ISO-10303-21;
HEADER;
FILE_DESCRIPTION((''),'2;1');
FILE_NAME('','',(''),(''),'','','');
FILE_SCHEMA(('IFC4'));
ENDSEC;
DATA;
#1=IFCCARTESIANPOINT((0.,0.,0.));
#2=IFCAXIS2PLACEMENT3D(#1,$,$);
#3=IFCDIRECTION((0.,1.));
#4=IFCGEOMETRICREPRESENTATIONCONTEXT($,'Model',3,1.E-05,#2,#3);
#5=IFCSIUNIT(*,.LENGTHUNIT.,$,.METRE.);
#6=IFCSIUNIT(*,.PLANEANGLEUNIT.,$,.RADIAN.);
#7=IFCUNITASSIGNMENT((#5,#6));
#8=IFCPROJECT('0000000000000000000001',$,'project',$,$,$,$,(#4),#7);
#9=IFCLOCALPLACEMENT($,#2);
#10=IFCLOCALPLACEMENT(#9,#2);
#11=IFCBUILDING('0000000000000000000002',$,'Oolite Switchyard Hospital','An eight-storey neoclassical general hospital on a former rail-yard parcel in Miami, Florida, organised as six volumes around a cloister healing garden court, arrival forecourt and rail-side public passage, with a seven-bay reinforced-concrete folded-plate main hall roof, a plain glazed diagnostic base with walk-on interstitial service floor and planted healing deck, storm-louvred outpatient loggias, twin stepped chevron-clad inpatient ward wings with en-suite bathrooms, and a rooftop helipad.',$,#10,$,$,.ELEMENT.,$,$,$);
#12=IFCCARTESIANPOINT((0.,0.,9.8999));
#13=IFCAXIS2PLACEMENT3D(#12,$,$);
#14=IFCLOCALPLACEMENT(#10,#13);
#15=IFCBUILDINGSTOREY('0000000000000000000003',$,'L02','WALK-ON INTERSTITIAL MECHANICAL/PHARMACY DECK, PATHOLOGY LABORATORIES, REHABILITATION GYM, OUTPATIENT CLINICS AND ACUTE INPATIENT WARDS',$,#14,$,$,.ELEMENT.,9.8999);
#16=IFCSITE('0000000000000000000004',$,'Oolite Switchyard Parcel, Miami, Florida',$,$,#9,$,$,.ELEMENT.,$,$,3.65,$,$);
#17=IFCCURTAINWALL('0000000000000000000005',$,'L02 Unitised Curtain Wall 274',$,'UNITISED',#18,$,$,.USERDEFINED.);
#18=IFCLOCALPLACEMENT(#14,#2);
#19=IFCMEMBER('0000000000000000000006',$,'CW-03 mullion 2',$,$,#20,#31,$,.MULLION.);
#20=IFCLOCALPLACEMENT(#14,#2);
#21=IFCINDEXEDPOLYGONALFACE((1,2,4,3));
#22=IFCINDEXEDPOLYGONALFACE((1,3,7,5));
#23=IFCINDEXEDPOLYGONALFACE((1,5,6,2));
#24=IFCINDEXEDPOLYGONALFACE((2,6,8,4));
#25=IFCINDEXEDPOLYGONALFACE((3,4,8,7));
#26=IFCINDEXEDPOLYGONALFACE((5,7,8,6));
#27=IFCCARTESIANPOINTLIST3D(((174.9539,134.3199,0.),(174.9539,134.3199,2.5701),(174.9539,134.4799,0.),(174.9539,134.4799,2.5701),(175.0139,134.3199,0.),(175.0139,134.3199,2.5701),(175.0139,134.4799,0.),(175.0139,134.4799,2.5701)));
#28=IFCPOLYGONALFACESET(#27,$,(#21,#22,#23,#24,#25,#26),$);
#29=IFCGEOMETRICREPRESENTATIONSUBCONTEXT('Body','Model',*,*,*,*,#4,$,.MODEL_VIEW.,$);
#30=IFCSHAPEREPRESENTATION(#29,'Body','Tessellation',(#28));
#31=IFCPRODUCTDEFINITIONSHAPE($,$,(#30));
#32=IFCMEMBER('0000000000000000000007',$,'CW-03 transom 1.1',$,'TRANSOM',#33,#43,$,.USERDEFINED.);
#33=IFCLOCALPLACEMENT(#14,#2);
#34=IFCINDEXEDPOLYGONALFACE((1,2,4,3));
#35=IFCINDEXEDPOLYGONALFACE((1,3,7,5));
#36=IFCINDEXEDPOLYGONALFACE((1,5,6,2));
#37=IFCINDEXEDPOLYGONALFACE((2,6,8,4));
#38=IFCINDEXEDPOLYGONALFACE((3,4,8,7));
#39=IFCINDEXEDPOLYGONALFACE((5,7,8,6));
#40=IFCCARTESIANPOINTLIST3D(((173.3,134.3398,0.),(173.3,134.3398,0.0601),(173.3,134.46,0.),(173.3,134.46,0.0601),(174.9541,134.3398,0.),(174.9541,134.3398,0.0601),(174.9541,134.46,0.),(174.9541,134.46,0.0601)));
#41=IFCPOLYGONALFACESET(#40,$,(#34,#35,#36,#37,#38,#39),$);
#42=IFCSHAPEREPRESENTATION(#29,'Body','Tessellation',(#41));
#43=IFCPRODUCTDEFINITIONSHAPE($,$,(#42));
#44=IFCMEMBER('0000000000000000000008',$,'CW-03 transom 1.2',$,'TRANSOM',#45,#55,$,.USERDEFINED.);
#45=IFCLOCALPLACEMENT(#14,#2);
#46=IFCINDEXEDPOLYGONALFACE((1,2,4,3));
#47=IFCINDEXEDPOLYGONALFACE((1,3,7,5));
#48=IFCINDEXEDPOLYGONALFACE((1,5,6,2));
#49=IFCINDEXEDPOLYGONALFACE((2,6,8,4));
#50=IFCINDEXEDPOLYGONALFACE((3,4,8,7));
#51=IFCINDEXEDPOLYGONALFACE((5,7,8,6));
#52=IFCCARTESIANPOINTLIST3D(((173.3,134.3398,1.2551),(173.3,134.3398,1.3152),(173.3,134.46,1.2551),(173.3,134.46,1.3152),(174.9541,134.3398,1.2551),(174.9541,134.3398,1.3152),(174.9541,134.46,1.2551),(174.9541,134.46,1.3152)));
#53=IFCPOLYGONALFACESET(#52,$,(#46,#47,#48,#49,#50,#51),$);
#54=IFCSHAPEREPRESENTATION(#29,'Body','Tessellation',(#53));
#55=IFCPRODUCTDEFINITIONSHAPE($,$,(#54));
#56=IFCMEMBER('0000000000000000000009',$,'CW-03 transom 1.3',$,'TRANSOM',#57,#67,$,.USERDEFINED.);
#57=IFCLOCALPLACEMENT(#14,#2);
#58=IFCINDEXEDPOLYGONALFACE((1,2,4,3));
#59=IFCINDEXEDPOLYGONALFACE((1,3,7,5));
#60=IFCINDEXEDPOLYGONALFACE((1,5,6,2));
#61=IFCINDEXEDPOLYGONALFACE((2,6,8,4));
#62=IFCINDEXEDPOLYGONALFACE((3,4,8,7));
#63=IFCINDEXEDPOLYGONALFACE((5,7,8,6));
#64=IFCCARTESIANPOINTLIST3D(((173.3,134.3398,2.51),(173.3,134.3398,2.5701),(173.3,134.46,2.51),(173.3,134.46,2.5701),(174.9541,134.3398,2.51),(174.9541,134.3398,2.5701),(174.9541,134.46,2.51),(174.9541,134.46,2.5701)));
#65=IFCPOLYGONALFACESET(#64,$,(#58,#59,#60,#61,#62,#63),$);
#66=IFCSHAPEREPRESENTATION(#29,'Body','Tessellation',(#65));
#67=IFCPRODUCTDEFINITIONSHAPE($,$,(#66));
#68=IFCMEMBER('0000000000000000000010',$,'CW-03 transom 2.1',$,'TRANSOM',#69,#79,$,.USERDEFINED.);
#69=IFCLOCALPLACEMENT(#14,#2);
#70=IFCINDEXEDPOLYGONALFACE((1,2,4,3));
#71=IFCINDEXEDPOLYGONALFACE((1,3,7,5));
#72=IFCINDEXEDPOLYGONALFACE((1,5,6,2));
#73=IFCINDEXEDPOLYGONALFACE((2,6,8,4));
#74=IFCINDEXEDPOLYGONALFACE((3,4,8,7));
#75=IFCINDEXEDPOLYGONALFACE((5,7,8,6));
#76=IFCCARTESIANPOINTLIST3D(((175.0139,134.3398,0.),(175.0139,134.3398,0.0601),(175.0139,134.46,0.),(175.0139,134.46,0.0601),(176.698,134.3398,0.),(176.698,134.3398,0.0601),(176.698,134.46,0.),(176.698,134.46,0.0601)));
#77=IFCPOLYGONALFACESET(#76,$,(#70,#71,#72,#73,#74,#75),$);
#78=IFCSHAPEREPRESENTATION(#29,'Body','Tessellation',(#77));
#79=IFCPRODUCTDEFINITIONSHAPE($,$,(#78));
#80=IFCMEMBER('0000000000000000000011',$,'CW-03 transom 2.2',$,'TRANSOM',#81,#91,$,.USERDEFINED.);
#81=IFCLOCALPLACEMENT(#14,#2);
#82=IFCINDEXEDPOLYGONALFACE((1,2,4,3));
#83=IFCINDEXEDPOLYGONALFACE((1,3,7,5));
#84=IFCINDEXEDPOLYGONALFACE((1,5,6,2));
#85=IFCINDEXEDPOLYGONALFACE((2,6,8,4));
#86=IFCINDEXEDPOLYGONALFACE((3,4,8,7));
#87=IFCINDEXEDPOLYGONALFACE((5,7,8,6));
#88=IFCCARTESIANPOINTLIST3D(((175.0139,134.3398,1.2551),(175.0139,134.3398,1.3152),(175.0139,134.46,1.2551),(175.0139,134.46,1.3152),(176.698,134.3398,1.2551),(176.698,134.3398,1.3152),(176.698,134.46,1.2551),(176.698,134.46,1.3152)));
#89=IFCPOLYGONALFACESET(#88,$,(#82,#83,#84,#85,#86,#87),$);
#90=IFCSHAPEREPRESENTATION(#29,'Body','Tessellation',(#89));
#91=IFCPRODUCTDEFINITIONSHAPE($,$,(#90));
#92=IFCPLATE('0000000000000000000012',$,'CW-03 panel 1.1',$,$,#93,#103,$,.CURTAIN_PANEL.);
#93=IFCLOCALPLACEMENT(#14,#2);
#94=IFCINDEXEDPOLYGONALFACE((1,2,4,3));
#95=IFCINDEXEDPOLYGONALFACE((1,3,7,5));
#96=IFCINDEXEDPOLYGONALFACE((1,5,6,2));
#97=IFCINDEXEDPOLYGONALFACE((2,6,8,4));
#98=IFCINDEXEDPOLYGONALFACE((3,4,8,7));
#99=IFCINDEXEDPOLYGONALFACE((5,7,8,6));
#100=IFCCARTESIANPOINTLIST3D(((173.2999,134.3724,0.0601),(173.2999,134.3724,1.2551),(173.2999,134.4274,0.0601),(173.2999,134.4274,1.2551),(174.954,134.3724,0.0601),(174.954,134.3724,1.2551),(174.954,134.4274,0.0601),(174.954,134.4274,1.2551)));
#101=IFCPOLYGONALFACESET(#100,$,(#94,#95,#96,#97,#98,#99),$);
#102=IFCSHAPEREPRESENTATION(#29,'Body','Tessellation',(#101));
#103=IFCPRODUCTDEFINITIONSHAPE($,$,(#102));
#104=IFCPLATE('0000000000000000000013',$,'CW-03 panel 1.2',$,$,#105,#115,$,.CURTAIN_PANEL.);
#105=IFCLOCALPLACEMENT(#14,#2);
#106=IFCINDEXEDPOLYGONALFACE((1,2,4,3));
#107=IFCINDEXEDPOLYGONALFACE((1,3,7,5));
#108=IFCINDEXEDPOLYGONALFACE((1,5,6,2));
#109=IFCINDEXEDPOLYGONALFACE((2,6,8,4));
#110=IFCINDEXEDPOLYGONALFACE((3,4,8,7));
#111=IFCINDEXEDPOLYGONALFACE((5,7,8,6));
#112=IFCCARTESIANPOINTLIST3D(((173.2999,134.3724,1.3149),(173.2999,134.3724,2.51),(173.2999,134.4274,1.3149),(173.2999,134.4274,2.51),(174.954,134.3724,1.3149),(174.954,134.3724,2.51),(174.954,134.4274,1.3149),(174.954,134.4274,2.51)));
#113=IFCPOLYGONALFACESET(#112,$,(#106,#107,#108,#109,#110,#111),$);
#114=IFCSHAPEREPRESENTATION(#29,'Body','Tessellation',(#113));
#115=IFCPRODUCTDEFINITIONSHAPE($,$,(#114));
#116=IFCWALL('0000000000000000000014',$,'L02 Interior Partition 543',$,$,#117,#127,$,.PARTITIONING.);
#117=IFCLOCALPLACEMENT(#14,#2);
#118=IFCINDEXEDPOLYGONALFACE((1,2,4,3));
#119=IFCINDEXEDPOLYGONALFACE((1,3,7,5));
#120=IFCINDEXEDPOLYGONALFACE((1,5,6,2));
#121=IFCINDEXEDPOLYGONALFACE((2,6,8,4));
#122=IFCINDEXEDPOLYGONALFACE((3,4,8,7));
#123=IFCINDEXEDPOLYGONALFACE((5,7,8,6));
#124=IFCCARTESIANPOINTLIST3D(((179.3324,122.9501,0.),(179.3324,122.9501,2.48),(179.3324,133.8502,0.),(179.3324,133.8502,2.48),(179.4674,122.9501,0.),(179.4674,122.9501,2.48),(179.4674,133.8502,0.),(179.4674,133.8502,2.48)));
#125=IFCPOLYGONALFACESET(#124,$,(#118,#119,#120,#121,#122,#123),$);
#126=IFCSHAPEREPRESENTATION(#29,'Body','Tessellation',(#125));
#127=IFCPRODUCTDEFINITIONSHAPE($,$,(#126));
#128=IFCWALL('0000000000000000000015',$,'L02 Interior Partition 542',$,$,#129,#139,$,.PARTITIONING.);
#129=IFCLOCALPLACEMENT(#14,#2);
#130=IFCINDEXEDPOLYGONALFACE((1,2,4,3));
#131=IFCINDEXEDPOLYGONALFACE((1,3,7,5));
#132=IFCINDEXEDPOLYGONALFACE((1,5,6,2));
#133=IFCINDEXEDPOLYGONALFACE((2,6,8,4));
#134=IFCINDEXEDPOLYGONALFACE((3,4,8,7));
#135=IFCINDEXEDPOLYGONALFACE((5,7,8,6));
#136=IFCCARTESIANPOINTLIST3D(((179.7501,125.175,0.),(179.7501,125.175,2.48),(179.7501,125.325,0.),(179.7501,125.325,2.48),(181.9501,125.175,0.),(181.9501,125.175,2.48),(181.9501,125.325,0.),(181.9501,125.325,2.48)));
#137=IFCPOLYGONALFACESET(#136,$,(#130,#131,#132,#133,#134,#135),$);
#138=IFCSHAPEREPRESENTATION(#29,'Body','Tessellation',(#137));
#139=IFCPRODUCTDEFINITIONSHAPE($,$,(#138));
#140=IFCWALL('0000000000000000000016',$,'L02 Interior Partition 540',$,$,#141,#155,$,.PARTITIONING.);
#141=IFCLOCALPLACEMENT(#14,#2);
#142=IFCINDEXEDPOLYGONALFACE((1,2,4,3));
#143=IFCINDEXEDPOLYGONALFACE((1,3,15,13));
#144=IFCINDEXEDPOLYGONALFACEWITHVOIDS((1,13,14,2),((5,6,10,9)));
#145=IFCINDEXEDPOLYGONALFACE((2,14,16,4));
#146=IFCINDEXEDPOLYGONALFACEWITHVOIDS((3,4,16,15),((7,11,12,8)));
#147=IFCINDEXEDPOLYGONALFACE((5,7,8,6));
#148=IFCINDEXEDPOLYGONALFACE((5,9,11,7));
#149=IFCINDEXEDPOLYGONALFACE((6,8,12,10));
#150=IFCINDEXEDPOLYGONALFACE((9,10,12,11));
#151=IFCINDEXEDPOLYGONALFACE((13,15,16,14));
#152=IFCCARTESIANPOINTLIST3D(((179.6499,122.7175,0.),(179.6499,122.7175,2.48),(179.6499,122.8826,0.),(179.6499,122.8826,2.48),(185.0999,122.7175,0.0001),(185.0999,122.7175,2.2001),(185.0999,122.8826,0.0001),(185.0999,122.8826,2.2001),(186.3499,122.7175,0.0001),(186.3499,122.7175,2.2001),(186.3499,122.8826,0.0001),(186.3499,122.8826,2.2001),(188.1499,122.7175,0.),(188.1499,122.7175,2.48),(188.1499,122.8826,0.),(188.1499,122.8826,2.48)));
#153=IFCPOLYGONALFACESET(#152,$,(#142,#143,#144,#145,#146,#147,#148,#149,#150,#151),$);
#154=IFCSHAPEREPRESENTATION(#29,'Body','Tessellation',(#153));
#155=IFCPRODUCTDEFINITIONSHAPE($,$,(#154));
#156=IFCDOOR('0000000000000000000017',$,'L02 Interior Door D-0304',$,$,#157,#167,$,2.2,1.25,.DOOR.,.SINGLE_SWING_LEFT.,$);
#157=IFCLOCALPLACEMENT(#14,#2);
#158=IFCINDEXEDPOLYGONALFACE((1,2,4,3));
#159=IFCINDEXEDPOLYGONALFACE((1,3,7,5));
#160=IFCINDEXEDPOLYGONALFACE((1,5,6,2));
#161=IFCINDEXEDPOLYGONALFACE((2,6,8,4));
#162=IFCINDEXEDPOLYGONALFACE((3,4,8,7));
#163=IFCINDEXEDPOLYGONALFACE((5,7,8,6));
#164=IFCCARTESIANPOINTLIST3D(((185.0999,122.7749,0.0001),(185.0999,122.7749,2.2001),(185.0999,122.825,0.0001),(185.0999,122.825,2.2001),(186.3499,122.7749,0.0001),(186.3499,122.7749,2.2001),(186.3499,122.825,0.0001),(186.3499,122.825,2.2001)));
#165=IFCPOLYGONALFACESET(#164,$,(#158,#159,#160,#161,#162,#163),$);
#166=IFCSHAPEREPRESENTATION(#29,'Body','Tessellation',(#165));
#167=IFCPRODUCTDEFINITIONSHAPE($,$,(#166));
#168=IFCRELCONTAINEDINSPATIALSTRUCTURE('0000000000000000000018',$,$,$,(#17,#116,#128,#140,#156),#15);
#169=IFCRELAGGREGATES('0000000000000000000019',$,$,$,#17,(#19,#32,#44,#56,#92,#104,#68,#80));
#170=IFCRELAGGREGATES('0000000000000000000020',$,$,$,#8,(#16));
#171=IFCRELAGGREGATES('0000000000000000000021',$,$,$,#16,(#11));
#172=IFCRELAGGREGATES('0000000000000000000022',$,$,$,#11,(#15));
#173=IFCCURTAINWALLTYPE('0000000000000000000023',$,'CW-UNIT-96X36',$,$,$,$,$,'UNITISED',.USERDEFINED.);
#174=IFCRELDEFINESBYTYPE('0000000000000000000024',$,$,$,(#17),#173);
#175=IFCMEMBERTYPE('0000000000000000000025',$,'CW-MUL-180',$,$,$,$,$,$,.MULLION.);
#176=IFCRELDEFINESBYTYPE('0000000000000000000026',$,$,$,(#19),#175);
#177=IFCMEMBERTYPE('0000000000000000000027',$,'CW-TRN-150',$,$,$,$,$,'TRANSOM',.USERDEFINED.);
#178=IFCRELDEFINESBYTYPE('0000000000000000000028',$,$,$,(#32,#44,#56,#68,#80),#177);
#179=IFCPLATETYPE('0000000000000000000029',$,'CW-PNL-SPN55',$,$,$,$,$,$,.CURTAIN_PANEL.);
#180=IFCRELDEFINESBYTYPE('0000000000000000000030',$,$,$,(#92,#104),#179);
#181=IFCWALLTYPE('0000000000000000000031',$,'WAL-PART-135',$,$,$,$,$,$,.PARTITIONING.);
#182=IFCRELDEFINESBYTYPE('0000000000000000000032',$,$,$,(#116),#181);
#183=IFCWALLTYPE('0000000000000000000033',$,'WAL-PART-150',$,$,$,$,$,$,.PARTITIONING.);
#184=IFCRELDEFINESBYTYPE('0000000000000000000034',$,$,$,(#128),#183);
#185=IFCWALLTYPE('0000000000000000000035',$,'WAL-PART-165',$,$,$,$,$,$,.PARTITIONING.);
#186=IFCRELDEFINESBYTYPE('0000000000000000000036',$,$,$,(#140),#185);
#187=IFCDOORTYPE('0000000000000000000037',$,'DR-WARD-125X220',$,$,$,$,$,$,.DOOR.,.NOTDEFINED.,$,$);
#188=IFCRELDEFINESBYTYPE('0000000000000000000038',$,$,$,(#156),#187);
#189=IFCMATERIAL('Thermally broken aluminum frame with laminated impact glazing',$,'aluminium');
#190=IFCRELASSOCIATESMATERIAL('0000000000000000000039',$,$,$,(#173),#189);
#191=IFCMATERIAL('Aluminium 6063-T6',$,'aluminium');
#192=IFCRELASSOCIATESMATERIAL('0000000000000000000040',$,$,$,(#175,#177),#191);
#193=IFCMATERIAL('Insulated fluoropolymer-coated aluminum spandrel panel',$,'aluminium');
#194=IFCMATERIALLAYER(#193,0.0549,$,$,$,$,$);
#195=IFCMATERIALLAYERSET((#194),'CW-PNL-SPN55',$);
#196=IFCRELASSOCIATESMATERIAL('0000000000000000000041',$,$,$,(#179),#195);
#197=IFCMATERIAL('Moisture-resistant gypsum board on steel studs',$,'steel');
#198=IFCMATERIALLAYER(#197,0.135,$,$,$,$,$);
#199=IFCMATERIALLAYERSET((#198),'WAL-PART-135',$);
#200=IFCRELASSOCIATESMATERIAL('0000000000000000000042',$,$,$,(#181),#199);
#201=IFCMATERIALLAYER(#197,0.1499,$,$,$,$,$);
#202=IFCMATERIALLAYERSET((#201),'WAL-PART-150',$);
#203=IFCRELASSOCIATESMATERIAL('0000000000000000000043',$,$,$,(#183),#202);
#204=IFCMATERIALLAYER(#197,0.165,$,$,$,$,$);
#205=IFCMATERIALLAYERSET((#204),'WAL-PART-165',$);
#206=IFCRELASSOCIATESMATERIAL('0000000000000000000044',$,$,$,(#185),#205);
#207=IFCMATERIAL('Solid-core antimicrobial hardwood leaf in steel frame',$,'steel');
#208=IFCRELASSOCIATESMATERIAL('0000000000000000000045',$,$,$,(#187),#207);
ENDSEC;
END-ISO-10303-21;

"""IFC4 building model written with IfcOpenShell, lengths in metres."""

from ifc_helpers import new_model, si_unit, direction, frame, frame_2d, origin, origin_2d, place, context, subcontext, project, spatial, rectangle, extrude, material, layer, layer_set, material_profile, profile_set, type_object, element, fill, aggregate, save


model = new_model("IFC4")

# Units and contexts
model_context = context("Model", 3, precision=1e-05, world=origin(), true_north=direction((0.0, 1.0)))
body_context = subcontext(model_context, "Body", "Model", "MODEL_VIEW")
ifc_project = project(units=[si_unit("LENGTHUNIT", "METRE"), si_unit("PLANEANGLEUNIT", "RADIAN")], contexts=[model_context])

# Site, building, storey
site_placement = place(None, origin())
site = spatial("IfcSite", under=ifc_project, at=site_placement, Name="Oolite Switchyard Parcel, Miami, Florida", CompositionType="ELEMENT", RefElevation=3.65)
building_placement = place(site_placement, origin())
building = spatial("IfcBuilding", under=site, at=building_placement, Name="Oolite Switchyard Hospital", Description="An eight-storey neoclassical general hospital on a former rail-yard parcel in Miami, Florida, organised as six volumes around a cloister healing garden court, arrival forecourt and rail-side public passage, with a seven-bay reinforced-concrete folded-plate main hall roof, a plain glazed diagnostic base with walk-on interstitial service floor and planted healing deck, storm-louvred outpatient loggias, twin stepped chevron-clad inpatient ward wings with en-suite bathrooms, and a rooftop helipad.", CompositionType="ELEMENT")
storey_placement = place(building_placement, frame((0.0, 0.0, 9.8999)))
storey = spatial("IfcBuildingStorey", under=building, at=storey_placement, Name="L02", Description="WALK-ON INTERSTITIAL MECHANICAL/PHARMACY DECK, PATHOLOGY LABORATORIES, REHABILITATION GYM, OUTPATIENT CLINICS AND ACUTE INPATIENT WARDS", CompositionType="ELEMENT", Elevation=9.8999)

# Curtain wall, members, plates
ifc_material_1 = material(Name="Thermally broken aluminum frame with laminated impact glazing", Category="aluminium")
curtain_wall_type = type_object("IfcCurtainWallType", Name="CW-UNIT-96X36", ElementType="UNITISED", PredefinedType="USERDEFINED", material=ifc_material_1)
curtain_wall_placement = place(storey_placement, origin())
curtain_wall = element("IfcCurtainWall", 1, at=curtain_wall_placement, inside=storey, type_object=curtain_wall_type, Name="L02 Unitised Curtain Wall 274", ObjectType="UNITISED", PredefinedType="USERDEFINED")
ifc_material_2 = material(Name="Aluminium 6063-T6", Category="aluminium")
ifc_material_profile_1 = material_profile(ifc_material_2, rectangle(XDim=0.1599, YDim=0.0601, at=origin_2d()), Name="CWM60X160")
ifc_profile_set_1 = profile_set([ifc_material_profile_1], Name="Aluminium 6063-T6")
member_type_1 = type_object("IfcMemberType", Name="CW-MUL-180", PredefinedType="MULLION", material=ifc_profile_set_1)
member_1_placement = place(storey_placement, frame((174.9839, 134.3999, 0.0), z_axis=(0.0, 0.0, 1.0), x_axis=(0.0, 1.0, 0.0)))
member_1 = element("IfcMember", 2, at=member_1_placement, type_object=member_type_1, Name="CW-03 mullion 2", PredefinedType="MULLION", context=body_context, shape_type="SweptSolid", body=[
    extrude(rectangle(XDim=0.1599, YDim=0.0601, at=origin_2d()), origin(), (0.0, 0.0, 1.0), 2.5701),
])
ifc_material_profile_2 = material_profile(ifc_material_2, rectangle(XDim=0.1201, YDim=0.0601, at=origin_2d()), Name="CWT60X120")
ifc_profile_set_2 = profile_set([ifc_material_profile_2], Name="Aluminium 6063-T6")
member_type_2 = type_object("IfcMemberType", Name="CW-TRN-150", ElementType="TRANSOM", PredefinedType="USERDEFINED", material=ifc_profile_set_2)
member_2_placement = place(storey_placement, frame((173.3, 134.3999, 0.03), z_axis=(1.0, 0.0, 0.0), x_axis=(0.0, 1.0, 0.0)))
member_2 = element("IfcMember", 3, at=member_2_placement, type_object=member_type_2, Name="CW-03 transom 1.1", ObjectType="TRANSOM", PredefinedType="USERDEFINED", context=body_context, shape_type="SweptSolid", body=[
    extrude(rectangle(XDim=0.1201, YDim=0.0601, at=origin_2d()), origin(), (0.0, 0.0, 1.0), 1.6541),
])
member_3_placement = place(storey_placement, frame((173.3, 134.3999, 1.2852), z_axis=(1.0, 0.0, 0.0), x_axis=(0.0, 1.0, 0.0)))
member_3 = element("IfcMember", 4, at=member_3_placement, type_object=member_type_2, Name="CW-03 transom 1.2", ObjectType="TRANSOM", PredefinedType="USERDEFINED", context=body_context, shape_type="SweptSolid", body=[
    extrude(rectangle(XDim=0.1201, YDim=0.0601, at=origin_2d()), origin(), (0.0, 0.0, 1.0), 1.6541),
])
member_4_placement = place(storey_placement, frame((173.3, 134.3999, 2.54), z_axis=(1.0, 0.0, 0.0), x_axis=(0.0, 1.0, 0.0)))
member_4 = element("IfcMember", 5, at=member_4_placement, type_object=member_type_2, Name="CW-03 transom 1.3", ObjectType="TRANSOM", PredefinedType="USERDEFINED", context=body_context, shape_type="SweptSolid", body=[
    extrude(rectangle(XDim=0.1201, YDim=0.0601, at=origin_2d()), origin(), (0.0, 0.0, 1.0), 1.6541),
])
member_5_placement = place(storey_placement, frame((175.0139, 134.3999, 0.03), z_axis=(1.0, 0.0, 0.0), x_axis=(0.0, 1.0, 0.0)))
member_5 = element("IfcMember", 6, at=member_5_placement, type_object=member_type_2, Name="CW-03 transom 2.1", ObjectType="TRANSOM", PredefinedType="USERDEFINED", context=body_context, shape_type="SweptSolid", body=[
    extrude(rectangle(XDim=0.1201, YDim=0.0601, at=origin_2d()), origin(), (0.0, 0.0, 1.0), 1.6841),
])
member_6_placement = place(storey_placement, frame((175.0139, 134.3999, 1.2852), z_axis=(1.0, 0.0, 0.0), x_axis=(0.0, 1.0, 0.0)))
member_6 = element("IfcMember", 7, at=member_6_placement, type_object=member_type_2, Name="CW-03 transom 2.2", ObjectType="TRANSOM", PredefinedType="USERDEFINED", context=body_context, shape_type="SweptSolid", body=[
    extrude(rectangle(XDim=0.1201, YDim=0.0601, at=origin_2d()), origin(), (0.0, 0.0, 1.0), 1.6841),
])
ifc_material_3 = material(Name="Insulated fluoropolymer-coated aluminum spandrel panel", Category="aluminium")
ifc_layer_1 = layer(ifc_material_3, 0.0549)
ifc_layer_set_1 = layer_set([ifc_layer_1], Name="CW-PNL-SPN55")
plate_type = type_object("IfcPlateType", Name="CW-PNL-SPN55", PredefinedType="CURTAIN_PANEL", material=ifc_layer_set_1)
plate_1_placement = place(storey_placement, frame((174.127, 134.3999, 0.0601), z_axis=(0.0, 0.0, 1.0), x_axis=(1.0, 0.0, 0.0)))
plate_1 = element("IfcPlate", 8, at=plate_1_placement, type_object=plate_type, Name="CW-03 panel 1.1", PredefinedType="CURTAIN_PANEL", context=body_context, shape_type="SweptSolid", body=[
    extrude(rectangle(XDim=1.6541, YDim=0.0549, at=origin_2d()), origin(), (0.0, 0.0, 1.0), 1.1951),
])
plate_2_placement = place(storey_placement, frame((174.127, 134.3999, 1.3149), z_axis=(0.0, 0.0, 1.0), x_axis=(1.0, 0.0, 0.0)))
plate_2 = element("IfcPlate", 9, at=plate_2_placement, type_object=plate_type, Name="CW-03 panel 1.2", PredefinedType="CURTAIN_PANEL", context=body_context, shape_type="SweptSolid", body=[
    extrude(rectangle(XDim=1.6541, YDim=0.0549, at=origin_2d()), origin(), (0.0, 0.0, 1.0), 1.1951),
])
aggregate(curtain_wall, [member_1, member_2, member_3, member_4, plate_1, plate_2, member_5, member_6])

# Walls
ifc_material_4 = material(Name="Moisture-resistant gypsum board on steel studs", Category="steel")
ifc_layer_2 = layer(ifc_material_4, 0.135)
ifc_layer_set_2 = layer_set([ifc_layer_2], Name="WAL-PART-135")
wall_type_1 = type_object("IfcWallType", Name="WAL-PART-135", PredefinedType="PARTITIONING", material=ifc_layer_set_2)
wall_1_placement = place(storey_placement, frame((179.3999, 122.95, 0.0), z_axis=(0.0, 0.0, 1.0), x_axis=(0.0, 1.0, 0.0)))
element("IfcWall", 10, at=wall_1_placement, inside=storey, type_object=wall_type_1, Name="L02 Interior Partition 543", PredefinedType="PARTITIONING", context=body_context, shape_type="SweptSolid", body=[
    extrude(rectangle(XDim=10.9001, YDim=0.135, at=frame_2d((5.4502, 0.0))), origin(), (0.0, 0.0, 1.0), 2.48),
])
ifc_layer_3 = layer(ifc_material_4, 0.1499)
ifc_layer_set_3 = layer_set([ifc_layer_3], Name="WAL-PART-150")
wall_type_2 = type_object("IfcWallType", Name="WAL-PART-150", PredefinedType="PARTITIONING", material=ifc_layer_set_3)
wall_2_placement = place(storey_placement, frame((179.75, 125.25, 0.0), z_axis=(0.0, 0.0, 1.0), x_axis=(1.0, 0.0, 0.0)))
element("IfcWall", 11, at=wall_2_placement, inside=storey, type_object=wall_type_2, Name="L02 Interior Partition 542", PredefinedType="PARTITIONING", context=body_context, shape_type="SweptSolid", body=[
    extrude(rectangle(XDim=2.2, YDim=0.1499, at=frame_2d((1.1001, 0.0))), origin(), (0.0, 0.0, 1.0), 2.48),
])

# Wall, opening, door
ifc_layer_4 = layer(ifc_material_4, 0.165)
ifc_layer_set_4 = layer_set([ifc_layer_4], Name="WAL-PART-165")
wall_type_3 = type_object("IfcWallType", Name="WAL-PART-165", PredefinedType="PARTITIONING", material=ifc_layer_set_4)
wall_3_placement = place(storey_placement, frame((179.6499, 122.8, 0.0), z_axis=(0.0, 0.0, 1.0), x_axis=(1.0, 0.0, 0.0)))
wall_3 = element("IfcWall", 12, at=wall_3_placement, inside=storey, type_object=wall_type_3, Name="L02 Interior Partition 540", PredefinedType="PARTITIONING", context=body_context, shape_type="SweptSolid", body=[
    extrude(rectangle(XDim=8.5, YDim=0.165, at=frame_2d((4.25, 0.0))), origin(), (0.0, 0.0, 1.0), 2.48),
])
opening_placement = place(wall_3_placement, frame((5.45, 0.0, 0.0)))
opening = element("IfcOpeningElement", 13, at=opening_placement, cuts=wall_3, PredefinedType="OPENING", context=body_context, shape_type="SweptSolid", body=[
    extrude(rectangle(XDim=1.25, YDim=2.2, at=frame_2d((0.625, 1.1001))), frame((0.0, 0.0925, 0.0), z_axis=(0.0, -1.0, 0.0), x_axis=(1.0, 0.0, 0.0)), (0.0, 0.0, 1.0), 0.1851),
])
ifc_material_5 = material(Name="Solid-core antimicrobial hardwood leaf in steel frame", Category="steel")
door_type = type_object("IfcDoorType", Name="DR-WARD-125X220", OperationType="NOTDEFINED", PredefinedType="DOOR", material=ifc_material_5)
door_placement = place(opening_placement, origin())
door = element("IfcDoor", 14, at=door_placement, inside=storey, type_object=door_type, Name="L02 Interior Door D-0304", OperationType="SINGLE_SWING_LEFT", OverallHeight=2.2, OverallWidth=1.25, PredefinedType="DOOR", context=body_context, shape_type="SweptSolid", body=[
    extrude(rectangle(XDim=1.25, YDim=2.2, at=frame_2d((0.625, 1.1001))), frame((0.0, 0.0249, 0.0), z_axis=(0.0, -1.0, 0.0), x_axis=(1.0, 0.0, 0.0)), (0.0, 0.0, 1.0), 0.05),
])
fill(opening, door)

save(model, "model.ifc")
